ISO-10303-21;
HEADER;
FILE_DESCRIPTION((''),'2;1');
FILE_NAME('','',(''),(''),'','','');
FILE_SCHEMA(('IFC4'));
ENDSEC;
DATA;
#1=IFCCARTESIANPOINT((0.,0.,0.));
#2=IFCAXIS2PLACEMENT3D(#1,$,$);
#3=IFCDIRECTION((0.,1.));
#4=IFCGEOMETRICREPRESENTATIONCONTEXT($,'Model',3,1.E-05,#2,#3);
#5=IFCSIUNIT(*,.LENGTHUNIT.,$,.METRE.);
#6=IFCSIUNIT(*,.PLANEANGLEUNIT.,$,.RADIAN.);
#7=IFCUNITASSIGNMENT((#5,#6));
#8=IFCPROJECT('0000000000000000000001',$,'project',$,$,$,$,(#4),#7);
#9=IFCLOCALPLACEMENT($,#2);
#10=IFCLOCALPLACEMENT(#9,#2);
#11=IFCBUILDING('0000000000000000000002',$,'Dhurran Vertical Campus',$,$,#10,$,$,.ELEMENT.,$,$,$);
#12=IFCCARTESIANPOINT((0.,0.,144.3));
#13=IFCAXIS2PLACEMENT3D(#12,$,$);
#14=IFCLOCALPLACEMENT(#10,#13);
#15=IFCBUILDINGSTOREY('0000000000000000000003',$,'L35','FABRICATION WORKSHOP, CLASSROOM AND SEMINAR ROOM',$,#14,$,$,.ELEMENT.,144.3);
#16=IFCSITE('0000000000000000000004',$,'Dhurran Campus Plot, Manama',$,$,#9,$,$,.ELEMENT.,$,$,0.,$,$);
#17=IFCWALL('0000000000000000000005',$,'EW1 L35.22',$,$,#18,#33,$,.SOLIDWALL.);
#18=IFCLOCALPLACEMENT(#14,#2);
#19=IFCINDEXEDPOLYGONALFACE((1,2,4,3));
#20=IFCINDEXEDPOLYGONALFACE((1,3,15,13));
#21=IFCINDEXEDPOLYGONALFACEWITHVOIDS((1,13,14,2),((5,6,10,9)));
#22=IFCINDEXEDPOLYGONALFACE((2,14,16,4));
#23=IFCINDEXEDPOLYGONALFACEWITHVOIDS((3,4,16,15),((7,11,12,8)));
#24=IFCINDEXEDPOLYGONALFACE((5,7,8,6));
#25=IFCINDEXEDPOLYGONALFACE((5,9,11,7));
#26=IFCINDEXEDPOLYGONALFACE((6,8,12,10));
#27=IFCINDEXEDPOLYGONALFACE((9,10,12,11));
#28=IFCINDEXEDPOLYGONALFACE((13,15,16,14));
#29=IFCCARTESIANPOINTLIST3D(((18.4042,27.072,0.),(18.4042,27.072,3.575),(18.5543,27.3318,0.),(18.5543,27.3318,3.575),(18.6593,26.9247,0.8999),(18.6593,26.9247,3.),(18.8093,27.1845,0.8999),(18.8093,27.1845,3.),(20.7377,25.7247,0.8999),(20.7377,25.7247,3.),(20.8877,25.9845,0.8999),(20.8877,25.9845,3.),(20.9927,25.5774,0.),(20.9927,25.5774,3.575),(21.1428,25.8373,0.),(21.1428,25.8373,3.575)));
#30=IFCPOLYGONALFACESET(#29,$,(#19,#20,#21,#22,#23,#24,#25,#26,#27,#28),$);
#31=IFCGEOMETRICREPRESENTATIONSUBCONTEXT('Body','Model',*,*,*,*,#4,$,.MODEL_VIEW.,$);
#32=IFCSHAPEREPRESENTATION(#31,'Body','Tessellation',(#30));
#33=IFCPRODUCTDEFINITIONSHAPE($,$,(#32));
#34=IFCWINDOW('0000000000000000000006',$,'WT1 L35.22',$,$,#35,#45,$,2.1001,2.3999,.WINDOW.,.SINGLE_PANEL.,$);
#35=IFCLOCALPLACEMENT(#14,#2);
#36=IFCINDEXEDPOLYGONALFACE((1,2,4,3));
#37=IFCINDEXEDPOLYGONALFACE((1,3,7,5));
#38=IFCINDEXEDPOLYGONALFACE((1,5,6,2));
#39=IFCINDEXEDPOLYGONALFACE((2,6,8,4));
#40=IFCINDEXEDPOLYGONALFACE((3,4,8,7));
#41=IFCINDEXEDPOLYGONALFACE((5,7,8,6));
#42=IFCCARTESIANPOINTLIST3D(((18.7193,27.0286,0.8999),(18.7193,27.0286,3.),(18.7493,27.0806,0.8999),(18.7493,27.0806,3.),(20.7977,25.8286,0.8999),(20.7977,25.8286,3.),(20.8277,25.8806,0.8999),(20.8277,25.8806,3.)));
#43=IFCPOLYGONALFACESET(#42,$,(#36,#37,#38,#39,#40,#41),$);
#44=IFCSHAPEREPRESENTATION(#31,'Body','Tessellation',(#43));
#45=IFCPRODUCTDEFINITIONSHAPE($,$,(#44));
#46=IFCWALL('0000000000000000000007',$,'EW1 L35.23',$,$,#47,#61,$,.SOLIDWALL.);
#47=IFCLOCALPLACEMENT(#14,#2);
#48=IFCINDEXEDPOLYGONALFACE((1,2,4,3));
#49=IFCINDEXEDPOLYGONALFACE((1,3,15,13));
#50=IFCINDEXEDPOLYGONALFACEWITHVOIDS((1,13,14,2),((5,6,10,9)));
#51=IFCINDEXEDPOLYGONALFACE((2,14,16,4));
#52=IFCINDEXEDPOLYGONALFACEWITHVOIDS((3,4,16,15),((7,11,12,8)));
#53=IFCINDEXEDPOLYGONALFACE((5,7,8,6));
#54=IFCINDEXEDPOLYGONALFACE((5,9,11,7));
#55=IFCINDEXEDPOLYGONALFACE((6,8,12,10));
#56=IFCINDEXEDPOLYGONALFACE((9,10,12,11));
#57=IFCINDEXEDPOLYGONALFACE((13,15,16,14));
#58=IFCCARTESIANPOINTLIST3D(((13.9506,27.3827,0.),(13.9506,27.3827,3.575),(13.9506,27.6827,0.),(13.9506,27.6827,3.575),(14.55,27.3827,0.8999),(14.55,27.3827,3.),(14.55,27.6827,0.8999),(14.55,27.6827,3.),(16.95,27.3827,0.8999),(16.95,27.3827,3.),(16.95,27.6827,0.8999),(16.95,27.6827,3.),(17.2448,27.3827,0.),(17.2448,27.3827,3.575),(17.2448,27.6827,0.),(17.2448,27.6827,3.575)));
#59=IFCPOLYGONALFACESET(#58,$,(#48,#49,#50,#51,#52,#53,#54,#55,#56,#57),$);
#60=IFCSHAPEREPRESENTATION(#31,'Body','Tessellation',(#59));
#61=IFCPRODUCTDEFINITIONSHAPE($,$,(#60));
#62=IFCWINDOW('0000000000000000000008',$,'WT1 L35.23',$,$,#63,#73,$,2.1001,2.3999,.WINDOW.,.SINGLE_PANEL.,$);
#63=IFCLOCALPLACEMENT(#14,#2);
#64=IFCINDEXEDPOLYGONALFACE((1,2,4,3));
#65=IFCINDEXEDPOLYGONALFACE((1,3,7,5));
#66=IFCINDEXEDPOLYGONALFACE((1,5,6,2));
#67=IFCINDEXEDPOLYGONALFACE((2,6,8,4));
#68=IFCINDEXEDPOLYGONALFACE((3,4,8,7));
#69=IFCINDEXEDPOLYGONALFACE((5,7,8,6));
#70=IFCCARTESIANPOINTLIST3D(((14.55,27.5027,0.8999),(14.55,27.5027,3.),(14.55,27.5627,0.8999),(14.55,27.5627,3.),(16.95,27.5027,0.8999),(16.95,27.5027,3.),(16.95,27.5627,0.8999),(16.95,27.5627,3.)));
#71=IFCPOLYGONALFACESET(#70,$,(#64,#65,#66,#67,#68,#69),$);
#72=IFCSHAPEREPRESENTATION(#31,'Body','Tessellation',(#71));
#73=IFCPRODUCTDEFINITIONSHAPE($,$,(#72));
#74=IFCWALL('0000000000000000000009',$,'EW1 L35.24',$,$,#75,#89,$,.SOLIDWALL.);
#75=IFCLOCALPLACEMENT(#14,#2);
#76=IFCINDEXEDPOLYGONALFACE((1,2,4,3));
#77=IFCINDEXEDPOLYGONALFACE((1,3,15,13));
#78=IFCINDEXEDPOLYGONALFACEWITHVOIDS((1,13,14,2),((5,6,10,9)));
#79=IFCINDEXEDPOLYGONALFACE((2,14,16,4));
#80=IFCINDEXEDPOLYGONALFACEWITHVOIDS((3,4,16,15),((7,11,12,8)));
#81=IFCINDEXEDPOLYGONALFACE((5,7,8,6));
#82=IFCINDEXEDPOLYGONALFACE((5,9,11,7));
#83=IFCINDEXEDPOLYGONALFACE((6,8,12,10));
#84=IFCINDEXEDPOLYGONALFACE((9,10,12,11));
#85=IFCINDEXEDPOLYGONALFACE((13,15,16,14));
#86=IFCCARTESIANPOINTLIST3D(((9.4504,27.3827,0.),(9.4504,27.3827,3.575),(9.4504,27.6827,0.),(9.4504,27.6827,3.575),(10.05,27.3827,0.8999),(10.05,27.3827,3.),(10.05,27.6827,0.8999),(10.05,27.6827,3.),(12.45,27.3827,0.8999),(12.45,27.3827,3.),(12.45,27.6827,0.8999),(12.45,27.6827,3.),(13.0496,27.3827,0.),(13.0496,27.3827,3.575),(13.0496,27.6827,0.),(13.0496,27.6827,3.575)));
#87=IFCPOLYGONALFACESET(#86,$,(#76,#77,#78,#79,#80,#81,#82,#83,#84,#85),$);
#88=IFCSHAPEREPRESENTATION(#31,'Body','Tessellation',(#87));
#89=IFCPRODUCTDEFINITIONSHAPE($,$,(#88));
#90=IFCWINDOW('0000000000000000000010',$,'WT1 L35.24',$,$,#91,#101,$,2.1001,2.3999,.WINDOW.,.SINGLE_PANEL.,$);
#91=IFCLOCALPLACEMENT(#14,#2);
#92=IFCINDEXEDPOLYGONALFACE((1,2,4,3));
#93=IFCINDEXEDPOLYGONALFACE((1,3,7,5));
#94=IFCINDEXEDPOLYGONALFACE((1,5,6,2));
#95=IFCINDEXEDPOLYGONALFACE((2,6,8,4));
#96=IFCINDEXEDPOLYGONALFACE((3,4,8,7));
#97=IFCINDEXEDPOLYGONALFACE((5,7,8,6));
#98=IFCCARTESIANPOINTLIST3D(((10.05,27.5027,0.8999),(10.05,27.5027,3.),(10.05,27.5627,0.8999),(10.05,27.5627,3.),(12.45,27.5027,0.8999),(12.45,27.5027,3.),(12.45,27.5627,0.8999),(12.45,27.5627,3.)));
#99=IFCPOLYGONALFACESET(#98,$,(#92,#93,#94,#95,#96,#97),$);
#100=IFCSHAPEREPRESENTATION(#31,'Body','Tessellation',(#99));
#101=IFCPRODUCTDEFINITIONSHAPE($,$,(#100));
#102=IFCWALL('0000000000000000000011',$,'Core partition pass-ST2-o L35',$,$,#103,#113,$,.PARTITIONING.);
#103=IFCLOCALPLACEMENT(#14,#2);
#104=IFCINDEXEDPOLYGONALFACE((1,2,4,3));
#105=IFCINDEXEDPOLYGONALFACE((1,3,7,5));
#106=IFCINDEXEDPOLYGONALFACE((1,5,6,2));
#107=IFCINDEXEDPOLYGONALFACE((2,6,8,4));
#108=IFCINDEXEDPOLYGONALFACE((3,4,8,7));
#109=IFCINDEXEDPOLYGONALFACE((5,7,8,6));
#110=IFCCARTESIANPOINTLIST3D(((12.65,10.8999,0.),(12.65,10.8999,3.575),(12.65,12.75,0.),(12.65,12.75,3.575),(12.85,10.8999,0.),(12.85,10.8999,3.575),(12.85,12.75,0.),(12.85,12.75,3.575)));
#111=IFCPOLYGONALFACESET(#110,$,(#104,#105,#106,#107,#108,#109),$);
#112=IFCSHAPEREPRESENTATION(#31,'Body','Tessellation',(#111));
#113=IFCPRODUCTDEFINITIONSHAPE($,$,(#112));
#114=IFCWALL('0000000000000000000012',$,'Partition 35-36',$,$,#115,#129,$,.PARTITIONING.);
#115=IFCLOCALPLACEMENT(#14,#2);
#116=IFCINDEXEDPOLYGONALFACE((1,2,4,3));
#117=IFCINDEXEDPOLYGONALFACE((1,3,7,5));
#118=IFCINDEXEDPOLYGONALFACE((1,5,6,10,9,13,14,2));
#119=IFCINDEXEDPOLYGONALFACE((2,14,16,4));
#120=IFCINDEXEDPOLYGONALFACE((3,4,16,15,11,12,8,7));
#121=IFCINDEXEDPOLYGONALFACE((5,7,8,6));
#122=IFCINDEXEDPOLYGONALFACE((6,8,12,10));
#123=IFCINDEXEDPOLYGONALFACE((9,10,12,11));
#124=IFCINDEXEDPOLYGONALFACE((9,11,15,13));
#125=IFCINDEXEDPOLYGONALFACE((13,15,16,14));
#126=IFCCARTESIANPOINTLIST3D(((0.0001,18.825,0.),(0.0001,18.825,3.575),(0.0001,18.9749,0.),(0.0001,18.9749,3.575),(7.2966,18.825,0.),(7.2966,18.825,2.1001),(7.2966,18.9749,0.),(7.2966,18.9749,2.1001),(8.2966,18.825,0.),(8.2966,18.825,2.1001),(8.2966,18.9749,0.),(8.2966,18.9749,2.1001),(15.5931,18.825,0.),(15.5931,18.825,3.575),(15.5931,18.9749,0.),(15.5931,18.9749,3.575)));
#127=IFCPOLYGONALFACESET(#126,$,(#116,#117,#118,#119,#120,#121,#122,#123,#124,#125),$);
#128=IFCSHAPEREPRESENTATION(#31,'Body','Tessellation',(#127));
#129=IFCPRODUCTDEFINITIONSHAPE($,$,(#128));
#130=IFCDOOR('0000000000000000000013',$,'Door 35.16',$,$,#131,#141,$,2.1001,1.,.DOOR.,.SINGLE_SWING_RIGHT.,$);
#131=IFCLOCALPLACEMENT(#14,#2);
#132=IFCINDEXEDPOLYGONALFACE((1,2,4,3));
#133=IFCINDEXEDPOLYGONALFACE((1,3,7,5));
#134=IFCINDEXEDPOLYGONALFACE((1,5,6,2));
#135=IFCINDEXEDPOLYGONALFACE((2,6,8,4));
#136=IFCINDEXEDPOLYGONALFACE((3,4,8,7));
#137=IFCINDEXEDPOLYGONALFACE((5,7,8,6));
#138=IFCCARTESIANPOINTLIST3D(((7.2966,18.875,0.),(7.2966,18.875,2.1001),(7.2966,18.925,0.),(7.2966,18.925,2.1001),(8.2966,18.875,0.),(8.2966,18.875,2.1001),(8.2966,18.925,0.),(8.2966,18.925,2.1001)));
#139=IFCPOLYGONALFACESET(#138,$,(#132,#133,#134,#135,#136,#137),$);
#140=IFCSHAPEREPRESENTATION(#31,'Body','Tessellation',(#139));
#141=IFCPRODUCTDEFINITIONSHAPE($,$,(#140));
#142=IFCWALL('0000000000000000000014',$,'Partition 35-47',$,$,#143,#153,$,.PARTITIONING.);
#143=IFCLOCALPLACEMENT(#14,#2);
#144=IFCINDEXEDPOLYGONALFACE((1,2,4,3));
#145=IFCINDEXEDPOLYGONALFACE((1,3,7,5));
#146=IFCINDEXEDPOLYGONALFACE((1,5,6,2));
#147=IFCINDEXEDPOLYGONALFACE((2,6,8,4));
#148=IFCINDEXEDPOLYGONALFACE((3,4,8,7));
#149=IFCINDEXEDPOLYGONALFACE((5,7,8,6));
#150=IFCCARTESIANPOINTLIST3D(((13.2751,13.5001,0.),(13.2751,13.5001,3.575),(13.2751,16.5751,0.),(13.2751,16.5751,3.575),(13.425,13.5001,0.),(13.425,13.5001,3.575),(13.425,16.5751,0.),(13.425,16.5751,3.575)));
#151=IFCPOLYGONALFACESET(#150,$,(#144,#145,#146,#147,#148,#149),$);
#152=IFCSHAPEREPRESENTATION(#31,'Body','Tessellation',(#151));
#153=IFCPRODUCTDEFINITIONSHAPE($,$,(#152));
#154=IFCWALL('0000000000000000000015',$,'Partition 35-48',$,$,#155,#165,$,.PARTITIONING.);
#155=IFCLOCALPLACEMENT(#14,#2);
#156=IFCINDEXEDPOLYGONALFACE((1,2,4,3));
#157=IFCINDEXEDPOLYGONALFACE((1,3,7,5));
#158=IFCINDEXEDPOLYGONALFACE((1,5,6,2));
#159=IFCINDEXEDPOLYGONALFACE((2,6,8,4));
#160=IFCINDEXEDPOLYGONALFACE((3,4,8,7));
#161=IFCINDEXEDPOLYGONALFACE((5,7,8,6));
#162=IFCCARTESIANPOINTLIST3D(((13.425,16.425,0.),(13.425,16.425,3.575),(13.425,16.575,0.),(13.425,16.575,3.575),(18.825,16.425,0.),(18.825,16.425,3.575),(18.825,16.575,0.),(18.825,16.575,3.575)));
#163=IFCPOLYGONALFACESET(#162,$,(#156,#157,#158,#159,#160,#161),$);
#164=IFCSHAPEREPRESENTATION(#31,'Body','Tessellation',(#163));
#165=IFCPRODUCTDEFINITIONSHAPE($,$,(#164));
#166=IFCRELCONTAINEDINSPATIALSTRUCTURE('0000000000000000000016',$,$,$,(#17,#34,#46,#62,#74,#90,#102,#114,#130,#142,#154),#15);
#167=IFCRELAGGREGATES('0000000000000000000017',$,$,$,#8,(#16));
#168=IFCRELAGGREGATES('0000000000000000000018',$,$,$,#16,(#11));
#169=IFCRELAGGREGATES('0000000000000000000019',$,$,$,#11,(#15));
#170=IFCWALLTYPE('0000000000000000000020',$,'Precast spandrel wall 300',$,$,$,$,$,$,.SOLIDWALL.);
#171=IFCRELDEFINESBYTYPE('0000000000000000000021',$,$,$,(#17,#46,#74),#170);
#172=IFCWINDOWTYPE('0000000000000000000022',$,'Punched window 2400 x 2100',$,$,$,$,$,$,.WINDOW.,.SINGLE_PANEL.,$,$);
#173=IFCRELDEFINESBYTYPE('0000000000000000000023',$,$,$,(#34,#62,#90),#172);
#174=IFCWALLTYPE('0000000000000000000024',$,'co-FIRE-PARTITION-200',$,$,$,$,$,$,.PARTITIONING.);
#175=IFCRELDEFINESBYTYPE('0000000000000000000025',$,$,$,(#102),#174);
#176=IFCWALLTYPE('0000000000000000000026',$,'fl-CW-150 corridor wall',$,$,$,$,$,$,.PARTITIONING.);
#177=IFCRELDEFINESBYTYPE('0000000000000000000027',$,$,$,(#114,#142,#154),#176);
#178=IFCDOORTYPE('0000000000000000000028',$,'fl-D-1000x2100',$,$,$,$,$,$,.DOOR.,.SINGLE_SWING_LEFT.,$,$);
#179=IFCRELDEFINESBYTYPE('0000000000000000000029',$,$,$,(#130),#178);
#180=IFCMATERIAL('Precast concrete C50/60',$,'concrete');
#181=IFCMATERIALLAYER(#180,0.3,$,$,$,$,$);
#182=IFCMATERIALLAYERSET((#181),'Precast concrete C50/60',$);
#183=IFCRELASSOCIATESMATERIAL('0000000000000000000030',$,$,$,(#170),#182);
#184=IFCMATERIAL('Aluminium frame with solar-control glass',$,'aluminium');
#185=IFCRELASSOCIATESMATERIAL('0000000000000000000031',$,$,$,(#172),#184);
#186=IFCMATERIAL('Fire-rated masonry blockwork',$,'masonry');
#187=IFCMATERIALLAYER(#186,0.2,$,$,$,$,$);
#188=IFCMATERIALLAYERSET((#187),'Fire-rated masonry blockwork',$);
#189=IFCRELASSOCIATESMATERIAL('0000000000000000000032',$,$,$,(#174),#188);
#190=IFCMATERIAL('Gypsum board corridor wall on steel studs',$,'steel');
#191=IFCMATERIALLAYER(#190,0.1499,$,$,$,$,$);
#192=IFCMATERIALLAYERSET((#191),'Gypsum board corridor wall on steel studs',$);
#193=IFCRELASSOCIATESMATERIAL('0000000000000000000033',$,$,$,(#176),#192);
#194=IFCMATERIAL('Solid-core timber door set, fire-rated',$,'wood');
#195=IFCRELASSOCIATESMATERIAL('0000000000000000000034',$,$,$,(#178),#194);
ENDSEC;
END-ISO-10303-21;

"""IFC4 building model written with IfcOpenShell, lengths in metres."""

from ifc_helpers import new_model, si_unit, direction, frame, frame_2d, origin, place, context, subcontext, project, spatial, rectangle, extrude, material, layer, layer_set, type_object, element, fill, save


model = new_model("IFC4")

# Units and contexts
model_context = context("Model", 3, precision=1e-05, world=origin(), true_north=direction((0.0, 1.0)))
body_context = subcontext(model_context, "Body", "Model", "MODEL_VIEW")
ifc_project = project(units=[si_unit("LENGTHUNIT", "METRE"), si_unit("PLANEANGLEUNIT", "RADIAN")], contexts=[model_context])

# Site, building, storey
site_placement = place(None, origin())
site = spatial("IfcSite", under=ifc_project, at=site_placement, Name="Dhurran Campus Plot, Manama", CompositionType="ELEMENT", RefElevation=0.0)
building_placement = place(site_placement, origin())
building = spatial("IfcBuilding", under=site, at=building_placement, Name="Dhurran Vertical Campus", CompositionType="ELEMENT")
storey_placement = place(building_placement, frame((0.0, 0.0, 144.3)))
storey = spatial("IfcBuildingStorey", under=building, at=storey_placement, Name="L35", Description="FABRICATION WORKSHOP, CLASSROOM AND SEMINAR ROOM", CompositionType="ELEMENT", Elevation=144.3)

# Walls, openings, windows
ifc_material_1 = material(Name="Precast concrete C50/60", Category="concrete")
ifc_layer_1 = layer(ifc_material_1, 0.3)
ifc_layer_set_1 = layer_set([ifc_layer_1], Name="Precast concrete C50/60")
wall_type_1 = type_object("IfcWallType", Name="Precast spandrel wall 300", PredefinedType="SOLIDWALL", material=ifc_layer_set_1)
ifc_material_2 = material(Name="Aluminium frame with solar-control glass", Category="aluminium")
window_type = type_object("IfcWindowType", Name="Punched window 2400 x 2100", PartitioningType="SINGLE_PANEL", PredefinedType="WINDOW", material=ifc_material_2)
wall_1_placement = place(storey_placement, frame((21.0679, 25.7073, 0.0), z_axis=(0.0, 0.0, 1.0), x_axis=(-0.866013, 0.500022, 0.0)))
wall_1 = element("IfcWall", 1, at=wall_1_placement, inside=storey, type_object=wall_type_1, Name="EW1 L35.22", PredefinedType="SOLIDWALL", context=body_context, shape_type="SweptSolid", body=[
    extrude(rectangle(XDim=2.989, YDim=0.3, at=frame_2d((1.4946, 0.0))), origin(), (0.0, 0.0, 1.0), 3.575),
])
opening_1_placement = place(wall_1_placement, frame((0.2947, 0.0, 0.8999)))
opening_1 = element("IfcOpeningElement", 2, at=opening_1_placement, cuts=wall_1, PredefinedType="OPENING", context=body_context, shape_type="SweptSolid", body=[
    extrude(rectangle(XDim=2.3999, YDim=2.1001, at=frame_2d((1.2, 1.05))), frame((0.0, 0.1599, 0.0), z_axis=(0.0, -1.0, 0.0), x_axis=(1.0, 0.0, 0.0)), (0.0, 0.0, 1.0), 0.3201),
])
window_1_placement = place(opening_1_placement, origin())
window_1 = element("IfcWindow", 3, at=window_1_placement, inside=storey, type_object=window_type, Name="WT1 L35.22", OverallHeight=2.1001, OverallWidth=2.3999, PartitioningType="SINGLE_PANEL", PredefinedType="WINDOW", context=body_context, shape_type="SweptSolid", body=[
    extrude(rectangle(XDim=2.3999, YDim=2.1001, at=frame_2d((1.2, 1.05))), frame((0.0, 0.03, 0.0), z_axis=(0.0, -1.0, 0.0), x_axis=(1.0, 0.0, 0.0)), (0.0, 0.0, 1.0), 0.0601),
])
fill(opening_1, window_1)
wall_2_placement = place(storey_placement, frame((17.2446, 27.5327, 0.0), z_axis=(0.0, 0.0, 1.0), x_axis=(-1.0, 0.0, 0.0)))
wall_2 = element("IfcWall", 4, at=wall_2_placement, inside=storey, type_object=wall_type_1, Name="EW1 L35.23", PredefinedType="SOLIDWALL", context=body_context, shape_type="SweptSolid", body=[
    extrude(rectangle(XDim=3.2942, YDim=0.3, at=frame_2d((1.647, 0.0))), origin(), (0.0, 0.0, 1.0), 3.575),
])
opening_2_placement = place(wall_2_placement, frame((0.2947, 0.0, 0.8999)))
opening_2 = element("IfcOpeningElement", 5, at=opening_2_placement, cuts=wall_2, PredefinedType="OPENING", context=body_context, shape_type="SweptSolid", body=[
    extrude(rectangle(XDim=2.3999, YDim=2.1001, at=frame_2d((1.2, 1.05))), frame((0.0, 0.1599, 0.0), z_axis=(0.0, -1.0, 0.0), x_axis=(1.0, 0.0, 0.0)), (0.0, 0.0, 1.0), 0.3201),
])
window_2_placement = place(opening_2_placement, origin())
window_2 = element("IfcWindow", 6, at=window_2_placement, inside=storey, type_object=window_type, Name="WT1 L35.23", OverallHeight=2.1001, OverallWidth=2.3999, PartitioningType="SINGLE_PANEL", PredefinedType="WINDOW", context=body_context, shape_type="SweptSolid", body=[
    extrude(rectangle(XDim=2.3999, YDim=2.1001, at=frame_2d((1.2, 1.05))), frame((0.0, 0.03, 0.0), z_axis=(0.0, -1.0, 0.0), x_axis=(1.0, 0.0, 0.0)), (0.0, 0.0, 1.0), 0.0601),
])
fill(opening_2, window_2)
wall_3_placement = place(storey_placement, frame((13.0496, 27.5327, 0.0), z_axis=(0.0, 0.0, 1.0), x_axis=(-1.0, 0.0, 0.0)))
wall_3 = element("IfcWall", 7, at=wall_3_placement, inside=storey, type_object=wall_type_1, Name="EW1 L35.24", PredefinedType="SOLIDWALL", context=body_context, shape_type="SweptSolid", body=[
    extrude(rectangle(XDim=3.5991, YDim=0.3, at=frame_2d((1.7996, 0.0))), origin(), (0.0, 0.0, 1.0), 3.575),
])
opening_3_placement = place(wall_3_placement, frame((0.5996, 0.0, 0.8999)))
opening_3 = element("IfcOpeningElement", 8, at=opening_3_placement, cuts=wall_3, PredefinedType="OPENING", context=body_context, shape_type="SweptSolid", body=[
    extrude(rectangle(XDim=2.3999, YDim=2.1001, at=frame_2d((1.2, 1.05))), frame((0.0, 0.1599, 0.0), z_axis=(0.0, -1.0, 0.0), x_axis=(1.0, 0.0, 0.0)), (0.0, 0.0, 1.0), 0.3201),
])
window_3_placement = place(opening_3_placement, origin())
window_3 = element("IfcWindow", 9, at=window_3_placement, inside=storey, type_object=window_type, Name="WT1 L35.24", OverallHeight=2.1001, OverallWidth=2.3999, PartitioningType="SINGLE_PANEL", PredefinedType="WINDOW", context=body_context, shape_type="SweptSolid", body=[
    extrude(rectangle(XDim=2.3999, YDim=2.1001, at=frame_2d((1.2, 1.05))), frame((0.0, 0.03, 0.0), z_axis=(0.0, -1.0, 0.0), x_axis=(1.0, 0.0, 0.0)), (0.0, 0.0, 1.0), 0.0601),
])
fill(opening_3, window_3)

# Wall
ifc_material_3 = material(Name="Fire-rated masonry blockwork", Category="masonry")
ifc_layer_2 = layer(ifc_material_3, 0.2)
ifc_layer_set_2 = layer_set([ifc_layer_2], Name="Fire-rated masonry blockwork")
wall_type_2 = type_object("IfcWallType", Name="co-FIRE-PARTITION-200", PredefinedType="PARTITIONING", material=ifc_layer_set_2)
wall_4_placement = place(storey_placement, frame((12.75, 10.8999, 0.0), z_axis=(0.0, 0.0, 1.0), x_axis=(0.0, 1.0, 0.0)))
element("IfcWall", 10, at=wall_4_placement, inside=storey, type_object=wall_type_2, Name="Core partition pass-ST2-o L35", PredefinedType="PARTITIONING", context=body_context, shape_type="SweptSolid", body=[
    extrude(rectangle(XDim=1.8501, YDim=0.2, at=frame_2d((0.925, 0.0))), origin(), (0.0, 0.0, 1.0), 3.575),
])

# Wall, opening, door
ifc_material_4 = material(Name="Gypsum board corridor wall on steel studs", Category="steel")
ifc_layer_3 = layer(ifc_material_4, 0.1499)
ifc_layer_set_3 = layer_set([ifc_layer_3], Name="Gypsum board corridor wall on steel studs")
wall_type_3 = type_object("IfcWallType", Name="fl-CW-150 corridor wall", PredefinedType="PARTITIONING", material=ifc_layer_set_3)
wall_5_placement = place(storey_placement, frame((15.593, 18.8999, 0.0), z_axis=(0.0, 0.0, 1.0), x_axis=(-1.0, 0.0, 0.0)))
wall_5 = element("IfcWall", 11, at=wall_5_placement, inside=storey, type_object=wall_type_3, Name="Partition 35-36", PredefinedType="PARTITIONING", context=body_context, shape_type="SweptSolid", body=[
    extrude(rectangle(XDim=15.593, YDim=0.1499, at=frame_2d((7.7964, 0.0))), origin(), (0.0, 0.0, 1.0), 3.575),
])
opening_4_placement = place(wall_5_placement, frame((7.2964, 0.0, 0.0)))
opening_4 = element("IfcOpeningElement", 12, at=opening_4_placement, cuts=wall_5, PredefinedType="OPENING", context=body_context, shape_type="SweptSolid", body=[
    extrude(rectangle(XDim=1.0, YDim=2.1001, at=frame_2d((0.5, 1.05))), frame((0.0, 0.085, 0.0), z_axis=(0.0, -1.0, 0.0), x_axis=(1.0, 0.0, 0.0)), (0.0, 0.0, 1.0), 0.1699),
])
ifc_material_5 = material(Name="Solid-core timber door set, fire-rated", Category="wood")
door_type = type_object("IfcDoorType", Name="fl-D-1000x2100", OperationType="SINGLE_SWING_LEFT", PredefinedType="DOOR", material=ifc_material_5)
door_1_placement = place(opening_4_placement, origin())
door_1 = element("IfcDoor", 13, at=door_1_placement, inside=storey, type_object=door_type, Name="Door 35.16", OperationType="SINGLE_SWING_RIGHT", OverallHeight=2.1001, OverallWidth=1.0, PredefinedType="DOOR", context=body_context, shape_type="SweptSolid", body=[
    extrude(rectangle(XDim=1.0, YDim=2.1001, at=frame_2d((0.5, 1.05))), frame((0.0, 0.0249, 0.0), z_axis=(0.0, -1.0, 0.0), x_axis=(1.0, 0.0, 0.0)), (0.0, 0.0, 1.0), 0.05),
])
fill(opening_4, door_1)

# Walls
wall_6_placement = place(storey_placement, frame((13.3501, 13.5, 0.0), z_axis=(0.0, 0.0, 1.0), x_axis=(0.0, 1.0, 0.0)))
element("IfcWall", 14, at=wall_6_placement, inside=storey, type_object=wall_type_3, Name="Partition 35-47", PredefinedType="PARTITIONING", context=body_context, shape_type="SweptSolid", body=[
    extrude(rectangle(XDim=3.075, YDim=0.1499, at=frame_2d((1.5376, 0.0))), origin(), (0.0, 0.0, 1.0), 3.575),
])
wall_7_placement = place(storey_placement, frame((13.425, 16.5, 0.0), z_axis=(0.0, 0.0, 1.0), x_axis=(1.0, 0.0, 0.0)))
element("IfcWall", 15, at=wall_7_placement, inside=storey, type_object=wall_type_3, Name="Partition 35-48", PredefinedType="PARTITIONING", context=body_context, shape_type="SweptSolid", body=[
    extrude(rectangle(XDim=5.3999, YDim=0.1499, at=frame_2d((2.7, 0.0))), origin(), (0.0, 0.0, 1.0), 3.575),
])

save(model, "model.ifc")
